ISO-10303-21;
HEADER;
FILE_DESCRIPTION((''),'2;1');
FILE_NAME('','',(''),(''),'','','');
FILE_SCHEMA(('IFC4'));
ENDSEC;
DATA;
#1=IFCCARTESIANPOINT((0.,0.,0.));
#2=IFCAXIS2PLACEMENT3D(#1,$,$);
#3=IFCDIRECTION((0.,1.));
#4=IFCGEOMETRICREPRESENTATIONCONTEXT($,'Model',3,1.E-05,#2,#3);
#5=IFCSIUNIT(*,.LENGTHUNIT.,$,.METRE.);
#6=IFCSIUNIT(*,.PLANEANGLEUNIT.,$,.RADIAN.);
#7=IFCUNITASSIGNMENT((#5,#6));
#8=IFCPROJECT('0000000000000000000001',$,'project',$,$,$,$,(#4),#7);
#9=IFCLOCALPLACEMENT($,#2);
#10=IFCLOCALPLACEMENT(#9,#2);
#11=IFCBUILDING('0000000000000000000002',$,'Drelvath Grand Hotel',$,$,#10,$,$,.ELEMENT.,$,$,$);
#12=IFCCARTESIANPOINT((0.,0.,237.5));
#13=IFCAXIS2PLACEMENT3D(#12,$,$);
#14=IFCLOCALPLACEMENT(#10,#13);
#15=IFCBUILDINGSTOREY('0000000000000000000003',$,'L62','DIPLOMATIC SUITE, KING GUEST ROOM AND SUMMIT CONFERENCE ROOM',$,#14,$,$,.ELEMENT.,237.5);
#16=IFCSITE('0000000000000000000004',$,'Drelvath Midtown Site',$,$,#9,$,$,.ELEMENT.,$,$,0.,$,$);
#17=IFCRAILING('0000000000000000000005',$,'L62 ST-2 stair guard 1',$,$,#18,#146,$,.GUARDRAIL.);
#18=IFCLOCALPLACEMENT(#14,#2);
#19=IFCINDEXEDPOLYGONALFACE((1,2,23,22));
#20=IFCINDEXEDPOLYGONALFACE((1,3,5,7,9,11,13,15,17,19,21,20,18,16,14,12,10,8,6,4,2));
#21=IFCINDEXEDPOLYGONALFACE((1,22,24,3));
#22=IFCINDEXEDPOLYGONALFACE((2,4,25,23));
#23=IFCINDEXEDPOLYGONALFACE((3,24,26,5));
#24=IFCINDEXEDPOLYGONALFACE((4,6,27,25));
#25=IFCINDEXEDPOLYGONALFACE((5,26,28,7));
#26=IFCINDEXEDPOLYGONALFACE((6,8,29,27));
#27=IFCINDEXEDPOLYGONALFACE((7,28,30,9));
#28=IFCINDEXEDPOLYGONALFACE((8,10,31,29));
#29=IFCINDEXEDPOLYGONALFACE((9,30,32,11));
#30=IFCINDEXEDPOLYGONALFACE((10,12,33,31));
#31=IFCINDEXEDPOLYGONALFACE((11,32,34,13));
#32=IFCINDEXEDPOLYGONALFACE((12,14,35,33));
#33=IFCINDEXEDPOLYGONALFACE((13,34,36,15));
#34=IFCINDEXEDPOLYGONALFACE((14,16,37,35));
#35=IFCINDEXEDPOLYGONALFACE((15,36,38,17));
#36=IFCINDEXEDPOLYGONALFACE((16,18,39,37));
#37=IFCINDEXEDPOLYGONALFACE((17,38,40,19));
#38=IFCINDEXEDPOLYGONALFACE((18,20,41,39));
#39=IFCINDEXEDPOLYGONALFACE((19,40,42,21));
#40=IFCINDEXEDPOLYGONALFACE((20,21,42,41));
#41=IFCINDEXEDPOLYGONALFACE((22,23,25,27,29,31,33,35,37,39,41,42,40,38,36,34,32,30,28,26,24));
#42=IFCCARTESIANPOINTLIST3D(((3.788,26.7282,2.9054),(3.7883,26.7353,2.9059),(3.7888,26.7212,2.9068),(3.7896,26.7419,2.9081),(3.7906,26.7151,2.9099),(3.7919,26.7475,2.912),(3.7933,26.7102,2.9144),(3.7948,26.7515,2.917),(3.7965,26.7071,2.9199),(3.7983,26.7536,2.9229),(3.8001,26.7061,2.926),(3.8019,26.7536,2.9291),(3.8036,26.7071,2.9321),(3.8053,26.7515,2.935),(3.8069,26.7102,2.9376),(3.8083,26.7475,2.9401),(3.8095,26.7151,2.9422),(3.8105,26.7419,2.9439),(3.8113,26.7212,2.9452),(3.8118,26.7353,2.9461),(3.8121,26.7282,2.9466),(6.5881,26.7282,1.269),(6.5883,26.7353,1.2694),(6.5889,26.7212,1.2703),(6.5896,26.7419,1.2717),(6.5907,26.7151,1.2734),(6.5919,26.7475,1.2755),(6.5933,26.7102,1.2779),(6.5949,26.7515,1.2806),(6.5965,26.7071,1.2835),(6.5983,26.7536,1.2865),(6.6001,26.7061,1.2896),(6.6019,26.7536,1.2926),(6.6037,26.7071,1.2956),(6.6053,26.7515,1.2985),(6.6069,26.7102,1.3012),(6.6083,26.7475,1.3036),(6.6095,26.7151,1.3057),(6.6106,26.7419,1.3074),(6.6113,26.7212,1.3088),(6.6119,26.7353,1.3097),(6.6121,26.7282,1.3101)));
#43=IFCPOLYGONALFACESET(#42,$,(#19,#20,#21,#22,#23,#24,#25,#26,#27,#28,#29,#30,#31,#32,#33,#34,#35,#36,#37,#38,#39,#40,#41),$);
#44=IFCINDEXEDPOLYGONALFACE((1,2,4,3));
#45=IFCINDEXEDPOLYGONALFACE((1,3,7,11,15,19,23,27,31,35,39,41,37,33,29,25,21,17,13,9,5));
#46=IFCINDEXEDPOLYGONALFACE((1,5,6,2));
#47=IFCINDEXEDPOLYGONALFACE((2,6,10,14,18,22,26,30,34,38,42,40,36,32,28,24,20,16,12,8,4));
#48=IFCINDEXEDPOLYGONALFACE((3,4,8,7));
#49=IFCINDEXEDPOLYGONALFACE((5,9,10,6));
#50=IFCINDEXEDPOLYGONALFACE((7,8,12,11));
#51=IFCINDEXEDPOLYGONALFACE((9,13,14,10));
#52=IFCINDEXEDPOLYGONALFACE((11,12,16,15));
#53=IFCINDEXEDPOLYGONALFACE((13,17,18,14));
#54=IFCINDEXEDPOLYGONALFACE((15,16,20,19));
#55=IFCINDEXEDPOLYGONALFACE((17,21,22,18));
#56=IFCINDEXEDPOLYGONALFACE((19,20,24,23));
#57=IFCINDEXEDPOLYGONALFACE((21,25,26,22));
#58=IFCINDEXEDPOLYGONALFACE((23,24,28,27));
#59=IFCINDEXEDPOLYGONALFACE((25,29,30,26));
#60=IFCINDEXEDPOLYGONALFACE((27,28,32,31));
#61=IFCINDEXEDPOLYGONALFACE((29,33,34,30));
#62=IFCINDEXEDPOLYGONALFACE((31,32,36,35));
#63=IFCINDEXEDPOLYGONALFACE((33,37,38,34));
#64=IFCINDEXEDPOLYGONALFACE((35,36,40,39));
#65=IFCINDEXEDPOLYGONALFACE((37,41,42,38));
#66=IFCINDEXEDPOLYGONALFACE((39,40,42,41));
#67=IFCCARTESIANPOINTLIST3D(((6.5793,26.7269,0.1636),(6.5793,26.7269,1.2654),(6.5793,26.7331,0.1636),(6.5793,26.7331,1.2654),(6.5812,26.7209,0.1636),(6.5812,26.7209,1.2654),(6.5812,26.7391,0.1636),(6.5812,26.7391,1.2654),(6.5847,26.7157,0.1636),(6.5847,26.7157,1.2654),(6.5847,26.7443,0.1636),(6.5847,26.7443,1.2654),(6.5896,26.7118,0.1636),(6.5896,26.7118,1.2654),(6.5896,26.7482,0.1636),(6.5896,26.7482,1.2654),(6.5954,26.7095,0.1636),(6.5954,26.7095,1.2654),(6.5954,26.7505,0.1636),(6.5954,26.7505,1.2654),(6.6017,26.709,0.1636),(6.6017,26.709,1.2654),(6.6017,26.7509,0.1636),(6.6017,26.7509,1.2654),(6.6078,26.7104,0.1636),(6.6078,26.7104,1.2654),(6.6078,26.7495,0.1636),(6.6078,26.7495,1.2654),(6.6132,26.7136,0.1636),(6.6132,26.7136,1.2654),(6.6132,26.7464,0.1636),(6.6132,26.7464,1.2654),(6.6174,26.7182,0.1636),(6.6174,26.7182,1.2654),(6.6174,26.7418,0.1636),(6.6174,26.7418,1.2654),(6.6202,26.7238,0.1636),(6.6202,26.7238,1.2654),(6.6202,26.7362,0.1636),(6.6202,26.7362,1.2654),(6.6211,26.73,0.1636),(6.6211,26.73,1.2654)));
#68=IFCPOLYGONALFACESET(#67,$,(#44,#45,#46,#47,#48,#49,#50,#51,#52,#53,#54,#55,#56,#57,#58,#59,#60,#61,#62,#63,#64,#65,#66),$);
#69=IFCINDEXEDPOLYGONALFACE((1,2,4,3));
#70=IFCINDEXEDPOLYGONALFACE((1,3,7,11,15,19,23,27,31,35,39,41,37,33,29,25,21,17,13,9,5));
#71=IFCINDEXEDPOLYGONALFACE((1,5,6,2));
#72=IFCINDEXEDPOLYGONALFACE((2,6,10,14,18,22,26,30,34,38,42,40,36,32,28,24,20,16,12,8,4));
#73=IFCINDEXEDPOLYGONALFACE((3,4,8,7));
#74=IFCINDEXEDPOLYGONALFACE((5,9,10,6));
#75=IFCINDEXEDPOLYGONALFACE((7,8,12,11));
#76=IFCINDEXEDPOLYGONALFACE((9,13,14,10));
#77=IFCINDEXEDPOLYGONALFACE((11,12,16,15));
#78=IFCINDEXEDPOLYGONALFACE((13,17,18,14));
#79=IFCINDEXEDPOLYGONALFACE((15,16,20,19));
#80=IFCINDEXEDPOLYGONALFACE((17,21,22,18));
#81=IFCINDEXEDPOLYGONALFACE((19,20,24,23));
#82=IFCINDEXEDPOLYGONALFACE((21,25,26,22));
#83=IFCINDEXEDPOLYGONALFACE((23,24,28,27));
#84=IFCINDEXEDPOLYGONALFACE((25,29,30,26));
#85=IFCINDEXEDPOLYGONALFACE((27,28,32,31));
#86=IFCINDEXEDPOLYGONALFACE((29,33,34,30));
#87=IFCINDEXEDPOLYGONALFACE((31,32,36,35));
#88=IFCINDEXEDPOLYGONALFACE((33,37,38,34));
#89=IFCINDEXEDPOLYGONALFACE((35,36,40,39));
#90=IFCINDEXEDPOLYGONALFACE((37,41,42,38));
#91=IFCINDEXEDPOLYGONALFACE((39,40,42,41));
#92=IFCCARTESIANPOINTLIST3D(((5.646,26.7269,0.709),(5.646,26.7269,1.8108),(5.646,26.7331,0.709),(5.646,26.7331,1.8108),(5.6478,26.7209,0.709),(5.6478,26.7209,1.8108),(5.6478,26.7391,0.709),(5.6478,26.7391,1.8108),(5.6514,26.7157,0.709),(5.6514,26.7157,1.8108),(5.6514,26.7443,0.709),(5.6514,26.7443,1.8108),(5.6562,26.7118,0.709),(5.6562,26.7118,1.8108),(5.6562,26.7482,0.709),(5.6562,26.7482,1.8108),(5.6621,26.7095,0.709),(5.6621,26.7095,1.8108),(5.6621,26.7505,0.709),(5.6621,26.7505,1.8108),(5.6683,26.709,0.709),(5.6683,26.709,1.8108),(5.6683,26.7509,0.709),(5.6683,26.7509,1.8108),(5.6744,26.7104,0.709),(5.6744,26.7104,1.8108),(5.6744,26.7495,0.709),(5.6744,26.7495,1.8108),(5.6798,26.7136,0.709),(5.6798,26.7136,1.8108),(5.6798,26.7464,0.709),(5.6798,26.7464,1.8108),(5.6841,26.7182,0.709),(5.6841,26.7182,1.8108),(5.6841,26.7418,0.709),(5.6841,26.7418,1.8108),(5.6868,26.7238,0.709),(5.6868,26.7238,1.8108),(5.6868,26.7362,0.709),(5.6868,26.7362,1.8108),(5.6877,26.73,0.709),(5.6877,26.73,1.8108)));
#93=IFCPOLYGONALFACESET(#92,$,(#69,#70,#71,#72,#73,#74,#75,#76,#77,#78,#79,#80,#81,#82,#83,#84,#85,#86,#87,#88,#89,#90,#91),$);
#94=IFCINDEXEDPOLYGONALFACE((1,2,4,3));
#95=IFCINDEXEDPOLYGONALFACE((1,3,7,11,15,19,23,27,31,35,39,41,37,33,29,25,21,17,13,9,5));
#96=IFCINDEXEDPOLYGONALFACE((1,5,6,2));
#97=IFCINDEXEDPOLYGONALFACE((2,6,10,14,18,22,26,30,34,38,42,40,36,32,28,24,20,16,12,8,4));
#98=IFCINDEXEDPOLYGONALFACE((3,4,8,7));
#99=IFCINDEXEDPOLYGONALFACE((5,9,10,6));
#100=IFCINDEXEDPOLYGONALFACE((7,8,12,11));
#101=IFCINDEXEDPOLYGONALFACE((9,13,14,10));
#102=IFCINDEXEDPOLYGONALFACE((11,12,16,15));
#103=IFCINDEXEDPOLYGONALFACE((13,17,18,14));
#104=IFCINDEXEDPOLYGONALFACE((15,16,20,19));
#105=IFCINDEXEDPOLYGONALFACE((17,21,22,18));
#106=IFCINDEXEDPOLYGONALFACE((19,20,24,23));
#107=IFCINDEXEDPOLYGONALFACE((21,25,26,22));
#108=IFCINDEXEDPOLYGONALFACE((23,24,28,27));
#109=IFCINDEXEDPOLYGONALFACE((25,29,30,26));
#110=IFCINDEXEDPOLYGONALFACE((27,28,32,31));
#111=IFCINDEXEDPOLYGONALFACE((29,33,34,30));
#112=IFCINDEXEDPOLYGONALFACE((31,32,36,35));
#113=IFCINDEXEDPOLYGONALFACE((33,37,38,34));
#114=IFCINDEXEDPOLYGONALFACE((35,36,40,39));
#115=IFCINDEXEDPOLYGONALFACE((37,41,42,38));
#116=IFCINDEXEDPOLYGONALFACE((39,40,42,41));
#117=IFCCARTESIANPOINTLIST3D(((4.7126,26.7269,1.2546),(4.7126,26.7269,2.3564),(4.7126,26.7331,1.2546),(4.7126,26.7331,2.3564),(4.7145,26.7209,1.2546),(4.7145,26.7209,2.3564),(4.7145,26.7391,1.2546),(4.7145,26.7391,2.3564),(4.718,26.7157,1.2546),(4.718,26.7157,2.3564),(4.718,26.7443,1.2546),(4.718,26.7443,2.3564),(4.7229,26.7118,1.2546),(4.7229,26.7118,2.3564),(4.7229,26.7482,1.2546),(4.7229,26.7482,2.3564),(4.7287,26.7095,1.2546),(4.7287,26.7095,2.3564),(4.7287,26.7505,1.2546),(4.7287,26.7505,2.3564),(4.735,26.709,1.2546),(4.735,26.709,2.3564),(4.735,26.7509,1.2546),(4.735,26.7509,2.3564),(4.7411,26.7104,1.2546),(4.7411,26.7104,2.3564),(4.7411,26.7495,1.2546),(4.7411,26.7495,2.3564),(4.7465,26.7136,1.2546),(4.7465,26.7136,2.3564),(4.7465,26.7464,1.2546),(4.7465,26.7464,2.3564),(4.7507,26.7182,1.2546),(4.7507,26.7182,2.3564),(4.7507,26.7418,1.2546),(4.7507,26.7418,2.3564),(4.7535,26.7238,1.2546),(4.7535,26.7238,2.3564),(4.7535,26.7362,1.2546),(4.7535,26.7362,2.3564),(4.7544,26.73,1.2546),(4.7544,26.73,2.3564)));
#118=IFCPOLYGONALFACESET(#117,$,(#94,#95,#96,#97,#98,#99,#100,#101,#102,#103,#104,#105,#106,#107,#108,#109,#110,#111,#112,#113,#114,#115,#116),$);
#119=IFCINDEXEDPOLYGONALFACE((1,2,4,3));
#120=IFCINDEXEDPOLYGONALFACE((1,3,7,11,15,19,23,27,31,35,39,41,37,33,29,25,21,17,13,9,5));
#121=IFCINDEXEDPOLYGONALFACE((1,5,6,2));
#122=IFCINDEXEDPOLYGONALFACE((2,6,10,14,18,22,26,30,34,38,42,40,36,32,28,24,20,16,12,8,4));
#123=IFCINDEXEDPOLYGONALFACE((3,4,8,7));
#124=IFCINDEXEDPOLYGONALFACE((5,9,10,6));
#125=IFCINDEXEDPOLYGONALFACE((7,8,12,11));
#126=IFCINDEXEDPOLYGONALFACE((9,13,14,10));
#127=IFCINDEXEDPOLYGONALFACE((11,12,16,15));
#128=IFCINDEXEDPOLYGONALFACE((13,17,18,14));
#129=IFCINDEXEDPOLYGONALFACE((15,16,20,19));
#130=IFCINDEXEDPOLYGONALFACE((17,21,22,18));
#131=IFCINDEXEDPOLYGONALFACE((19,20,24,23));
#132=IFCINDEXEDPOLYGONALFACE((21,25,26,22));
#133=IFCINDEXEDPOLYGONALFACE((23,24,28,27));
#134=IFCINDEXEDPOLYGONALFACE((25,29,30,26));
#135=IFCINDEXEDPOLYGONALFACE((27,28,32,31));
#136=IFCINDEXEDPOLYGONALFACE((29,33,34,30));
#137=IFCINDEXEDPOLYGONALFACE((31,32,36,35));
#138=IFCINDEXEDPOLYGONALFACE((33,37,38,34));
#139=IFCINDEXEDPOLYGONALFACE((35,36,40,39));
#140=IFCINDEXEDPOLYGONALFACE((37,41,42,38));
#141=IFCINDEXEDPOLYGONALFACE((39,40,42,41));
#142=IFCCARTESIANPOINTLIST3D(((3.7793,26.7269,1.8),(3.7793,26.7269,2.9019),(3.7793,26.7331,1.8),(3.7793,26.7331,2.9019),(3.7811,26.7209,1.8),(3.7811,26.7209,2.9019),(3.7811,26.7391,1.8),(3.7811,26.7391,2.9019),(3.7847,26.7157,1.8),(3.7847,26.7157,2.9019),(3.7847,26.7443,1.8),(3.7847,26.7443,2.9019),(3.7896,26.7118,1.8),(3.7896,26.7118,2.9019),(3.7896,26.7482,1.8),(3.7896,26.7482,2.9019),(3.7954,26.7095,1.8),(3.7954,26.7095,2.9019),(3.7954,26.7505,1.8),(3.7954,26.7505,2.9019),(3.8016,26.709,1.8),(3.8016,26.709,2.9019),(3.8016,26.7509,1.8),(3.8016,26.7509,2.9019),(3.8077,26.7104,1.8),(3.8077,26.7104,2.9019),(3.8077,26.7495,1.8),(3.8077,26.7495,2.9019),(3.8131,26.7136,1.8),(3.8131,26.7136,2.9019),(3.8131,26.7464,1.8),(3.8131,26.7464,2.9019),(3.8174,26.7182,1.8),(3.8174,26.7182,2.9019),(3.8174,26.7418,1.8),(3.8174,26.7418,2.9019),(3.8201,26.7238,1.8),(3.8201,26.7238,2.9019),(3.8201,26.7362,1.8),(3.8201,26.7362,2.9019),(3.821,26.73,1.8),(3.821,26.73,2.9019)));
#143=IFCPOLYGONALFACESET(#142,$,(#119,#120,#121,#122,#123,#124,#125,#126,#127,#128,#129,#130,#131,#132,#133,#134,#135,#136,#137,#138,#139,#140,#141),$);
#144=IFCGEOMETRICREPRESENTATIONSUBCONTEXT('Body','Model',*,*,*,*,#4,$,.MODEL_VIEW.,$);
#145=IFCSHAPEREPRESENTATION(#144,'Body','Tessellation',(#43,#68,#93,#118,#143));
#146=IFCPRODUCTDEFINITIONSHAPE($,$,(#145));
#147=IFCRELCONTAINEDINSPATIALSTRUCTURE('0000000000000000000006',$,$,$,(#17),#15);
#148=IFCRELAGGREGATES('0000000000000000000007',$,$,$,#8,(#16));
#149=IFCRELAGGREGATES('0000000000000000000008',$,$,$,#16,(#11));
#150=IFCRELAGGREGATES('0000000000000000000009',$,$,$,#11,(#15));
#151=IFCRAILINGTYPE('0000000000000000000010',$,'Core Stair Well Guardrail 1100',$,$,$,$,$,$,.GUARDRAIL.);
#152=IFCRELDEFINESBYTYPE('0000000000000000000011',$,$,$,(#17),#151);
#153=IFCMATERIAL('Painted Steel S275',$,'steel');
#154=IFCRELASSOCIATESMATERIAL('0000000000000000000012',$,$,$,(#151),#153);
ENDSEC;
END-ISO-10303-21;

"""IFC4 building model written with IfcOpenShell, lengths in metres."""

from ifc_helpers import new_model, si_unit, direction, frame, origin, origin_2d, place, context, subcontext, project, spatial, circle, extrude, material, type_object, element, save


model = new_model("IFC4")

# Units and contexts
model_context = context("Model", 3, precision=1e-05, world=origin(), true_north=direction((0.0, 1.0)))
body_context = subcontext(model_context, "Body", "Model", "MODEL_VIEW")
ifc_project = project(units=[si_unit("LENGTHUNIT", "METRE"), si_unit("PLANEANGLEUNIT", "RADIAN")], contexts=[model_context])

# Site, building, storey
site_placement = place(None, origin())
site = spatial("IfcSite", under=ifc_project, at=site_placement, Name="Drelvath Midtown Site", CompositionType="ELEMENT", RefElevation=0.0)
building_placement = place(site_placement, origin())
building = spatial("IfcBuilding", under=site, at=building_placement, Name="Drelvath Grand Hotel", CompositionType="ELEMENT")
storey_placement = place(building_placement, frame((0.0, 0.0, 237.5)))
storey = spatial("IfcBuildingStorey", under=building, at=storey_placement, Name="L62", Description="DIPLOMATIC SUITE, KING GUEST ROOM AND SUMMIT CONFERENCE ROOM", CompositionType="ELEMENT", Elevation=237.5)

# Railing
ifc_material_1 = material(Name="Painted Steel S275", Category="steel")
railing_type_1 = type_object("IfcRailingType", Name="Core Stair Well Guardrail 1100", PredefinedType="GUARDRAIL", material=ifc_material_1)
railing_1_placement = place(storey_placement, frame((6.6001, 26.73, 0.1636)))
element("IfcRailing", 1, at=railing_1_placement, inside=storey, type_object=railing_type_1, Name="L62 ST-2 stair guard 1", PredefinedType="GUARDRAIL", context=body_context, shape_type="SweptSolid", body=[
    extrude(circle(Radius=0.0239, at=origin_2d()), frame((0.0, 0.0, 1.126), z_axis=(-0.863361, 0.0, 0.504587), x_axis=(0.0, -1.0, 0.0)), (0.0, 0.0, 1.0), 3.2432),
    extrude(circle(Radius=0.021, at=origin_2d()), origin(), (0.0, 0.0, 1.0), 1.1018),
    extrude(circle(Radius=0.021, at=origin_2d()), frame((-0.9333, 0.0, 0.5454)), (0.0, 0.0, 1.0), 1.1018),
    extrude(circle(Radius=0.021, at=origin_2d()), frame((-1.8667, 0.0, 1.0911)), (0.0, 0.0, 1.0), 1.1018),
    extrude(circle(Radius=0.021, at=origin_2d()), frame((-2.8, 0.0, 1.6365)), (0.0, 0.0, 1.0), 1.1018),
])

save(model, "model.ifc")
